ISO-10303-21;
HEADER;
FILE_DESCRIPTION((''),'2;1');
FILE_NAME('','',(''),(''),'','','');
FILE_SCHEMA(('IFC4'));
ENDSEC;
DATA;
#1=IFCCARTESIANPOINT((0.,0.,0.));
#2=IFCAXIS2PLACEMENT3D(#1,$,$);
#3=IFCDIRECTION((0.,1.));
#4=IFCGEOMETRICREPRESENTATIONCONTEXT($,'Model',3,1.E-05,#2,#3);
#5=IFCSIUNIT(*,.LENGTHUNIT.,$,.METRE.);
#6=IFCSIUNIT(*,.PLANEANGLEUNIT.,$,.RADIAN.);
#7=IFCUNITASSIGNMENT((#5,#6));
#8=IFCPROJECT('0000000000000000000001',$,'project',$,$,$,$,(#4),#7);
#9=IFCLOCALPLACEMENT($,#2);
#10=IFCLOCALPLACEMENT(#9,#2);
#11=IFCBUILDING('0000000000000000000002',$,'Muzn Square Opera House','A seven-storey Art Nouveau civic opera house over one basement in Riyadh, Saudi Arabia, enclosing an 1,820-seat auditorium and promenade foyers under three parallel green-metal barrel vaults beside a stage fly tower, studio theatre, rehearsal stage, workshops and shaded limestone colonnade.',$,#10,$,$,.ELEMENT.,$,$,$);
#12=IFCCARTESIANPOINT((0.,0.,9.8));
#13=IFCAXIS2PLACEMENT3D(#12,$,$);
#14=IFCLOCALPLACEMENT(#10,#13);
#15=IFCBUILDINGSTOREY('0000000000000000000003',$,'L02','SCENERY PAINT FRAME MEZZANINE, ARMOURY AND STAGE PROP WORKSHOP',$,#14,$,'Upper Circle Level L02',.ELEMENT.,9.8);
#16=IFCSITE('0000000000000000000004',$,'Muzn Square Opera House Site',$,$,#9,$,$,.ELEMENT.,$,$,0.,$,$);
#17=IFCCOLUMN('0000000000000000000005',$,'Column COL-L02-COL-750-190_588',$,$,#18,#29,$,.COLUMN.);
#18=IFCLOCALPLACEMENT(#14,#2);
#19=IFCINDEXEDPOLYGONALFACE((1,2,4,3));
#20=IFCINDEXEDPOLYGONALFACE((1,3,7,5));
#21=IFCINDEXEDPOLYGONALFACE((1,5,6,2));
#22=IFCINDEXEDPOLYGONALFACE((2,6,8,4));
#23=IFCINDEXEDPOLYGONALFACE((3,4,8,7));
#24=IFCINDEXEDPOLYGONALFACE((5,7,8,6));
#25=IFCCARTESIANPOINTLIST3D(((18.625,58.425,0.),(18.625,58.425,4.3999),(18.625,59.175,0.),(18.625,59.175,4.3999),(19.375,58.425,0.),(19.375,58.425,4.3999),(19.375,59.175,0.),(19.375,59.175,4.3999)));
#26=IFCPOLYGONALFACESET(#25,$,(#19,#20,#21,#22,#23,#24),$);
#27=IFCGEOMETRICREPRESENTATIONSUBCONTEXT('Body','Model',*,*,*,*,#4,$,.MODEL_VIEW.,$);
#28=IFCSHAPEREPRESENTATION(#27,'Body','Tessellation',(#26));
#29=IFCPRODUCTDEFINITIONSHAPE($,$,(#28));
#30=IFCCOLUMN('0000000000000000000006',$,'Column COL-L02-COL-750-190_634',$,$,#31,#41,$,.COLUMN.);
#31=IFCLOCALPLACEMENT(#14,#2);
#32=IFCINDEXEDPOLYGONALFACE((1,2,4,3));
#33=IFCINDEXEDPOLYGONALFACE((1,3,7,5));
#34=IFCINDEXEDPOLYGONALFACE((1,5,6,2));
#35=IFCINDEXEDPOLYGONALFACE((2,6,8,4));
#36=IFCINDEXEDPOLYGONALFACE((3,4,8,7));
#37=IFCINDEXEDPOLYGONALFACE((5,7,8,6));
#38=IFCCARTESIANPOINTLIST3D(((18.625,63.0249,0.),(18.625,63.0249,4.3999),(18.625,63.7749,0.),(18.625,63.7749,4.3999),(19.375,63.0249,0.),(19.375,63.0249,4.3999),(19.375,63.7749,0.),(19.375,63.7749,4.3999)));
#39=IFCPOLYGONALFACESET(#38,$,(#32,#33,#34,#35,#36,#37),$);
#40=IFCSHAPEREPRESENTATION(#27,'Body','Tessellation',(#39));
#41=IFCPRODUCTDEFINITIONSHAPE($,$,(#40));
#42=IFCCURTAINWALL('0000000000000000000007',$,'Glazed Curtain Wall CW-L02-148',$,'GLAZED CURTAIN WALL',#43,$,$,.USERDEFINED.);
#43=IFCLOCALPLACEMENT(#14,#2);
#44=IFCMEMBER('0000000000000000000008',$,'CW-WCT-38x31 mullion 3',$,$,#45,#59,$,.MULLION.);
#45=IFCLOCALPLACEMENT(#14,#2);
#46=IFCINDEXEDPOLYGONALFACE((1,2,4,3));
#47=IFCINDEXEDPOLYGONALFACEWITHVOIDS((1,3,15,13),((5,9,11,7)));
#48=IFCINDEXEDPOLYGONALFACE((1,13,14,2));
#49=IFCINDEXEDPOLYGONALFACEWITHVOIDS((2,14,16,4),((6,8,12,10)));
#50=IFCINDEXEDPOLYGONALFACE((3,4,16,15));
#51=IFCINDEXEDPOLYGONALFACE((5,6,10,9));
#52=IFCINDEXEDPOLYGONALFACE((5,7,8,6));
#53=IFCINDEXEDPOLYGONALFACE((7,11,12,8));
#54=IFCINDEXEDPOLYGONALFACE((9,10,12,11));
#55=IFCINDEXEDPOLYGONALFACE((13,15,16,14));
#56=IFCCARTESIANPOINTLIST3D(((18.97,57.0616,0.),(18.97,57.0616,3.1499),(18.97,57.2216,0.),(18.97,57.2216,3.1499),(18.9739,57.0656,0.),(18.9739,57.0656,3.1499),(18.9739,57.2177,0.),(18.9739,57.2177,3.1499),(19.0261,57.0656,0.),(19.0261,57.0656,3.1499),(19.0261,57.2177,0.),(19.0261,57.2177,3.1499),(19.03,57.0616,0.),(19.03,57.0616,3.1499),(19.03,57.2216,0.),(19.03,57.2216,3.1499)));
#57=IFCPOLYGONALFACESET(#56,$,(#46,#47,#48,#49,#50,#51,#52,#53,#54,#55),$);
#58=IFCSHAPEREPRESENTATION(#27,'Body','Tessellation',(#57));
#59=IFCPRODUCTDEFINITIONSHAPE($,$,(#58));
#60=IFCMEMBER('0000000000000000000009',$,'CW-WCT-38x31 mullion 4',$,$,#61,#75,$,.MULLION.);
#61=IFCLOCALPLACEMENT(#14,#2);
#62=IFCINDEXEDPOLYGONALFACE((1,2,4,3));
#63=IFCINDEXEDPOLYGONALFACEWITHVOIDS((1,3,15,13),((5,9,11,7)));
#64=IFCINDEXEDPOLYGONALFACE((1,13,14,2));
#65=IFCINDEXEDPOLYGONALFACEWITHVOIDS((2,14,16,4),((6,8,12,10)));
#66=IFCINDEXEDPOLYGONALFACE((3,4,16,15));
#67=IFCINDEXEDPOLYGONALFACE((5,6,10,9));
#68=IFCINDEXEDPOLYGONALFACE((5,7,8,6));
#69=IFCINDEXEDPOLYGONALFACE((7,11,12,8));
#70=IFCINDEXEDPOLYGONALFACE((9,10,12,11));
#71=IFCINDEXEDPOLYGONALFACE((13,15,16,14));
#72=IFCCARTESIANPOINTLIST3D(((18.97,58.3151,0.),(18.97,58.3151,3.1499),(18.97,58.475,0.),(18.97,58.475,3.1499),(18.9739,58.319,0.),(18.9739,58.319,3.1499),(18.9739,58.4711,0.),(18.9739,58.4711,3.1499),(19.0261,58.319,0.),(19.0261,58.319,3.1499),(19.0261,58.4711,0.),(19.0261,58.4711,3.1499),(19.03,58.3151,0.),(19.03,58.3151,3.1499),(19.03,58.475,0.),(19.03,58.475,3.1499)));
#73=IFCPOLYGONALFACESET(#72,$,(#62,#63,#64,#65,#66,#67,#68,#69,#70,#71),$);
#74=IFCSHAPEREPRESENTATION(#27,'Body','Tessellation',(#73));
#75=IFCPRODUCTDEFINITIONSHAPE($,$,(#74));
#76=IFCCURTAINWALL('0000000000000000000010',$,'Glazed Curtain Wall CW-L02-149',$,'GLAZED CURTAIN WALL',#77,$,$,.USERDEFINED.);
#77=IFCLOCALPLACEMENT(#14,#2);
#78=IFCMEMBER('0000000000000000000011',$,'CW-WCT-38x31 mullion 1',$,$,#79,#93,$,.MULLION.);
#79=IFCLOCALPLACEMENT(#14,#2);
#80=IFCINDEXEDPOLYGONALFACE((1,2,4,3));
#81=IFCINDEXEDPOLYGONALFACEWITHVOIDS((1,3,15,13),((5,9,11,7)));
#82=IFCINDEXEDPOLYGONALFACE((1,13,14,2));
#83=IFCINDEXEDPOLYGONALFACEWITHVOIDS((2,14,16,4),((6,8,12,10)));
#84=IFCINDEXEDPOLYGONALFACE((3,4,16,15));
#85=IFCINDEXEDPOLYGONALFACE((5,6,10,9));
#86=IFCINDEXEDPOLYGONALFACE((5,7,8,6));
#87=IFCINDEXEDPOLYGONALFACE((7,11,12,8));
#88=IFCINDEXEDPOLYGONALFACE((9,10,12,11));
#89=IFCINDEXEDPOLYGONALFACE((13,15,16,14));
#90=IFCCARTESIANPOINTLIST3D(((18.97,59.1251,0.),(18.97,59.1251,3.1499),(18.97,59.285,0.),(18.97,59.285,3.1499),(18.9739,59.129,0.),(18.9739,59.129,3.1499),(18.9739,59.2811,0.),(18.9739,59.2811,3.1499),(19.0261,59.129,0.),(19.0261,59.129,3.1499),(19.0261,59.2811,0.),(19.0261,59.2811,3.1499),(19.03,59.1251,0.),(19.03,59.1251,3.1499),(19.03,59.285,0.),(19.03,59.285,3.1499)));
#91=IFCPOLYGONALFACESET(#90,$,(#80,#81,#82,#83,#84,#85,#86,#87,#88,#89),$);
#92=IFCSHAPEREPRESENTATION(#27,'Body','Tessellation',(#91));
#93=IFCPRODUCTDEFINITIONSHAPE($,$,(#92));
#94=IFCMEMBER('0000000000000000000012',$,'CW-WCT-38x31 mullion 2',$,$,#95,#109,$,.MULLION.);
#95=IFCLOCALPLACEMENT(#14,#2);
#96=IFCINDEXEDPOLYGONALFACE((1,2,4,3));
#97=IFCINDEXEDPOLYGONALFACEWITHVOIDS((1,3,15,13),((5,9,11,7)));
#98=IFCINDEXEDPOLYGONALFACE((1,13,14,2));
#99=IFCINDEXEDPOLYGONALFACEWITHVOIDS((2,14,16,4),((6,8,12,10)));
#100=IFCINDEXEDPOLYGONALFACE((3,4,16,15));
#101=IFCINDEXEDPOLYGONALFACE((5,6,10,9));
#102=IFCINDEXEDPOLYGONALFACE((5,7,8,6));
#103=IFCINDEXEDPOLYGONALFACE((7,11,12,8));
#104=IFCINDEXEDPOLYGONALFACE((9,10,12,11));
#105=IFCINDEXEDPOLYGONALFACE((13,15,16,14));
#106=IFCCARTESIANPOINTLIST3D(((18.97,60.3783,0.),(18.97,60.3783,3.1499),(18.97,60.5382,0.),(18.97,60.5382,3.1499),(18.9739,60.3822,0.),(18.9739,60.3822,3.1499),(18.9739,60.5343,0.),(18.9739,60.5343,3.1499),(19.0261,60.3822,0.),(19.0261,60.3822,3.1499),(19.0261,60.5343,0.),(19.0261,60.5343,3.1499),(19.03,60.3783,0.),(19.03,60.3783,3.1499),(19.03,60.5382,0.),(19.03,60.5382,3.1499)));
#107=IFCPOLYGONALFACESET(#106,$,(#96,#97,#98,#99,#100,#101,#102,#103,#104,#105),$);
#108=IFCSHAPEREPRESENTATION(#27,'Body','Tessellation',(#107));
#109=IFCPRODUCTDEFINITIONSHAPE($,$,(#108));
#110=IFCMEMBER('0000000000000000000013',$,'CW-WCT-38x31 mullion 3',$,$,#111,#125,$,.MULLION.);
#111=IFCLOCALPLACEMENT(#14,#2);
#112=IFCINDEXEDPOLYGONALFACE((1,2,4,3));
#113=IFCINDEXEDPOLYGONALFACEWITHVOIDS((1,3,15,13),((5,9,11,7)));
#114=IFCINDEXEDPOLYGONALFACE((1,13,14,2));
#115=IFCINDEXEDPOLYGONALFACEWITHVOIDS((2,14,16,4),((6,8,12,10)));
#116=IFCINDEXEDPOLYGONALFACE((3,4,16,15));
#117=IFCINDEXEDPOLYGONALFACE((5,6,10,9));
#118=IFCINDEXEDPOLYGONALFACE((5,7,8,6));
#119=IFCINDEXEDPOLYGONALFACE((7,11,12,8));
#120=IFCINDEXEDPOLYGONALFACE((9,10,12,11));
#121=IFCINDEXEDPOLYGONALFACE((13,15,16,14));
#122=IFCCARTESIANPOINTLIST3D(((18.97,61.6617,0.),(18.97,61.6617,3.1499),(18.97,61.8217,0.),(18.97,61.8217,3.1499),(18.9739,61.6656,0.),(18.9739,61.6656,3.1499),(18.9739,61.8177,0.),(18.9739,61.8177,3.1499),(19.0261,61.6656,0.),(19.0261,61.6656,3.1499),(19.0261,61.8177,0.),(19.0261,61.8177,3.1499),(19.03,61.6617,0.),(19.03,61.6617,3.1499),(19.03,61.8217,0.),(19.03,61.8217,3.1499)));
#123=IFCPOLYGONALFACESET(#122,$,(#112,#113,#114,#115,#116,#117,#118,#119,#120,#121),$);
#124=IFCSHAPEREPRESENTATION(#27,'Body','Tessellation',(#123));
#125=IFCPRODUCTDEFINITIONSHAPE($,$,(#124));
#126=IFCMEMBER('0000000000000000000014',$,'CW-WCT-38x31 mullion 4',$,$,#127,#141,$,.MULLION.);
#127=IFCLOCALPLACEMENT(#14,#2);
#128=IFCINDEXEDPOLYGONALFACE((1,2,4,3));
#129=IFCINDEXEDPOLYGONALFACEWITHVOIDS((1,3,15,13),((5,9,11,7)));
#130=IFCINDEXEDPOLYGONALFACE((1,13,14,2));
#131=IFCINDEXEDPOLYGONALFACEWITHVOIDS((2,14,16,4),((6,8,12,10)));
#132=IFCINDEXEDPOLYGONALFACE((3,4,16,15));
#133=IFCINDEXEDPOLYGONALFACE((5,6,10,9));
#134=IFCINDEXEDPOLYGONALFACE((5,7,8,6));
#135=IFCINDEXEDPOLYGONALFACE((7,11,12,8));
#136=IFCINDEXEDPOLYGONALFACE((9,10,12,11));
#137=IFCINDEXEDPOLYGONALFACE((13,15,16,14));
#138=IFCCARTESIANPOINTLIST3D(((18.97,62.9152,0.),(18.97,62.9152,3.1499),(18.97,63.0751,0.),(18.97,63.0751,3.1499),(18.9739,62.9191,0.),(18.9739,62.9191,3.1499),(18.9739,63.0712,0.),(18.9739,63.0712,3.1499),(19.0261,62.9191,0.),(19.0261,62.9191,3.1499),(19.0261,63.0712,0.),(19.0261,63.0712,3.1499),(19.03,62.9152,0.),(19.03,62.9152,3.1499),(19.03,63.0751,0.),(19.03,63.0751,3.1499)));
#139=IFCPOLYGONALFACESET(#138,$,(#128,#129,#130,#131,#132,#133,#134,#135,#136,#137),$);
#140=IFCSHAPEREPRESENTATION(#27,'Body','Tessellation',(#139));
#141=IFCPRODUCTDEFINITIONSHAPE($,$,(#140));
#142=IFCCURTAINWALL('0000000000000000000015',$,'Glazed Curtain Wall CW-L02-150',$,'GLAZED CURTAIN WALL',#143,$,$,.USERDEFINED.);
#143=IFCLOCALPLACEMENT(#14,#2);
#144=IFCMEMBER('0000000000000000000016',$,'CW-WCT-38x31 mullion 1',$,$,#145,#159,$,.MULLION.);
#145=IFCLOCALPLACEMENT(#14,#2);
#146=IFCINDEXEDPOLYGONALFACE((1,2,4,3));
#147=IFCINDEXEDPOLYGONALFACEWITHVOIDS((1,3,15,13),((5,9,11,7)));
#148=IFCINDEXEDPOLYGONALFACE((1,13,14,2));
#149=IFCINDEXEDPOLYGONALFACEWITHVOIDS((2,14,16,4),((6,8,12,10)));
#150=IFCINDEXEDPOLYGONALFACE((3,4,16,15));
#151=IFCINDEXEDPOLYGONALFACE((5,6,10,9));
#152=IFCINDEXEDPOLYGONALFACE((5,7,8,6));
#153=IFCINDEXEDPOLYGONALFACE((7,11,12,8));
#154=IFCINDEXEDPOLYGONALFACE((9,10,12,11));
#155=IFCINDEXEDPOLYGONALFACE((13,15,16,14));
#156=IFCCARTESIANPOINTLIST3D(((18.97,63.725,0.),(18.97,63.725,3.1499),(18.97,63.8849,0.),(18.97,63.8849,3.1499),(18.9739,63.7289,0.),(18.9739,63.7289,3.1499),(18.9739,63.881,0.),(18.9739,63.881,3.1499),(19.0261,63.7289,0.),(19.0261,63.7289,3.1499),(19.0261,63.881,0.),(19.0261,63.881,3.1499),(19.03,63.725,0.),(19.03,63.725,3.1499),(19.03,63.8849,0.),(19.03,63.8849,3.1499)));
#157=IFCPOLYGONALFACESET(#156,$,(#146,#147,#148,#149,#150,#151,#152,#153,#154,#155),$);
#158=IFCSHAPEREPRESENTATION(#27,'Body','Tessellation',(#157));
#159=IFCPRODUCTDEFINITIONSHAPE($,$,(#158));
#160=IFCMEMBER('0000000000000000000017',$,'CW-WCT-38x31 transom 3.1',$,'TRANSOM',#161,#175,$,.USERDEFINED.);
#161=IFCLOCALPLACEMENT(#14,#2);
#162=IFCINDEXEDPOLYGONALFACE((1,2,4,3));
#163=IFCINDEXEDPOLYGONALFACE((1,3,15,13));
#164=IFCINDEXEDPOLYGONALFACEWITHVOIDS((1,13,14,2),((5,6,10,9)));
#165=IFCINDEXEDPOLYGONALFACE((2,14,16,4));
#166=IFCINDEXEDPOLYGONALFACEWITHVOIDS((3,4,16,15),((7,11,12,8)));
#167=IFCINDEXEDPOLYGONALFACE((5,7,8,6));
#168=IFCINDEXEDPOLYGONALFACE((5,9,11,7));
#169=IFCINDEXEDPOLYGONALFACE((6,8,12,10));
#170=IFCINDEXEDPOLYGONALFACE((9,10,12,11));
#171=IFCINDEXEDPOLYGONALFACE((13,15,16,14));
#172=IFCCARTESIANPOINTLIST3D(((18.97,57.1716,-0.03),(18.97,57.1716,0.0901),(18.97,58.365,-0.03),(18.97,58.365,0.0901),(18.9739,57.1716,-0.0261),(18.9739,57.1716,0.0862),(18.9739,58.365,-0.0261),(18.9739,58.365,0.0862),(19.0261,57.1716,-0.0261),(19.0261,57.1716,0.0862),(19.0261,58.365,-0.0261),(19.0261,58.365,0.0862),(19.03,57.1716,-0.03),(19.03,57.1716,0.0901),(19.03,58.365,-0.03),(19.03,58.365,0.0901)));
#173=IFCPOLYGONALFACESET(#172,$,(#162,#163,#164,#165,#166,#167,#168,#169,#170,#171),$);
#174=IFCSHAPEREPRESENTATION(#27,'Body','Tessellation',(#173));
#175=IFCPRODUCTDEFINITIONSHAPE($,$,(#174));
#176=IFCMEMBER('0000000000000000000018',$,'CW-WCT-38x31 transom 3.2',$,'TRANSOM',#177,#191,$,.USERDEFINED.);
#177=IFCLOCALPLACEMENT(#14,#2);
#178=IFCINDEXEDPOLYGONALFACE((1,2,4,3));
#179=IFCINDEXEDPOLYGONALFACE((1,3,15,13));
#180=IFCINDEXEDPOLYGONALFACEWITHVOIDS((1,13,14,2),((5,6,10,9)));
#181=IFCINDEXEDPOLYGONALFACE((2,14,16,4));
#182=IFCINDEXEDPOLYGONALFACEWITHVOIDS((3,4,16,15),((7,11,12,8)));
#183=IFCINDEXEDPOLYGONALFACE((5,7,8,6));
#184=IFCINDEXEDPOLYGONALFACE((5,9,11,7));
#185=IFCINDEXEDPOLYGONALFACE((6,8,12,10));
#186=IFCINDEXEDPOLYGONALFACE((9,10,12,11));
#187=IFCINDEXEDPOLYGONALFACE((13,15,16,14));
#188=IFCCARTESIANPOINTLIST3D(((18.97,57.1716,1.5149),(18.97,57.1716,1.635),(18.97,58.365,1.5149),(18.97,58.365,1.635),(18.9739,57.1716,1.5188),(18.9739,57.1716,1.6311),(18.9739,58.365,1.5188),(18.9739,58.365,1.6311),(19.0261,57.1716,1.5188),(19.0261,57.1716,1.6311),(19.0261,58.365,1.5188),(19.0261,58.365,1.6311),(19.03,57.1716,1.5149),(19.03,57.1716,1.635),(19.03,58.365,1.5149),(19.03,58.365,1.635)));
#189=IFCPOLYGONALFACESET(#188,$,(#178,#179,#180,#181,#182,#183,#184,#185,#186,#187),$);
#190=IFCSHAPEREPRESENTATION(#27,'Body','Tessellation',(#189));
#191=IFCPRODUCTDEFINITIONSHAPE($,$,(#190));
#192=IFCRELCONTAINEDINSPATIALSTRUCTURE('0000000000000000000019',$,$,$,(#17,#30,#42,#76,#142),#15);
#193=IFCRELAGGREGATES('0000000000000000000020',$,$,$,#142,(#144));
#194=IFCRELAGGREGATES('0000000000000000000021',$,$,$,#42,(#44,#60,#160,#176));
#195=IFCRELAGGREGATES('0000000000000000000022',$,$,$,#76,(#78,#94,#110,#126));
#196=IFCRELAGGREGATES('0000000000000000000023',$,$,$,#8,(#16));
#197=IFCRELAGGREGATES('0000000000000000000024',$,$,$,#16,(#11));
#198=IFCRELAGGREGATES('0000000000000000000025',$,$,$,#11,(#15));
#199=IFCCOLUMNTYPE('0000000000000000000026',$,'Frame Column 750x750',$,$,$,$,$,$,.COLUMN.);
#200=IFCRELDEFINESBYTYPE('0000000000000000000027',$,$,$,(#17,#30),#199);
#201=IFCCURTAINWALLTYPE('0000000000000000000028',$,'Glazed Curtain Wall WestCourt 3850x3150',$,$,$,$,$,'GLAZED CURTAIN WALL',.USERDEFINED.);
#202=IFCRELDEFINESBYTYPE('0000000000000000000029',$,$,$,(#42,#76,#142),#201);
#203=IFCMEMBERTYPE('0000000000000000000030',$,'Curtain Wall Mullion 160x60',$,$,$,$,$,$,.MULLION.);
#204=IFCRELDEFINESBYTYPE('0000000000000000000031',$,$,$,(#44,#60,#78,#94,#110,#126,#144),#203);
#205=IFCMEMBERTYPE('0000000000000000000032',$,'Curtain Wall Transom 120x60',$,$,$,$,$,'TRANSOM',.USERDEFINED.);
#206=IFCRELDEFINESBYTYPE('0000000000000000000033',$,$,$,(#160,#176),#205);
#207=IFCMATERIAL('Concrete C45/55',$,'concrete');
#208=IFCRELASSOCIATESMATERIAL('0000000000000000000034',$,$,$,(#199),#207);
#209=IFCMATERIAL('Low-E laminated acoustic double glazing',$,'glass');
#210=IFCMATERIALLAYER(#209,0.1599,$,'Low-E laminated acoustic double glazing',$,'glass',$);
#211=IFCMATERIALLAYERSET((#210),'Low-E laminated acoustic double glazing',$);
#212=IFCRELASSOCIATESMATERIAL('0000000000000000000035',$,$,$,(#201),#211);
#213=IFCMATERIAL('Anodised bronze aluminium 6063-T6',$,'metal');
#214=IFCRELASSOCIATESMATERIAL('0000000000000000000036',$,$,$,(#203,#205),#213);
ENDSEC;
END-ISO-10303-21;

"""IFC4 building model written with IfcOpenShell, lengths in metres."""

from ifc_helpers import new_model, si_unit, direction, frame, origin, origin_2d, place, context, subcontext, project, spatial, rectangle, hollow_rectangle, extrude, material, layer, layer_set, material_profile, profile_set, type_object, element, aggregate, save


model = new_model("IFC4")

# Units and contexts
model_context = context("Model", 3, precision=1e-05, world=origin(), true_north=direction((0.0, 1.0)))
body_context = subcontext(model_context, "Body", "Model", "MODEL_VIEW")
ifc_project = project(units=[si_unit("LENGTHUNIT", "METRE"), si_unit("PLANEANGLEUNIT", "RADIAN")], contexts=[model_context])

# Site, building, storey
site_placement = place(None, origin())
site = spatial("IfcSite", under=ifc_project, at=site_placement, Name="Muzn Square Opera House Site", CompositionType="ELEMENT", RefElevation=0.0)
building_placement = place(site_placement, origin())
building = spatial("IfcBuilding", under=site, at=building_placement, Name="Muzn Square Opera House", Description="A seven-storey Art Nouveau civic opera house over one basement in Riyadh, Saudi Arabia, enclosing an 1,820-seat auditorium and promenade foyers under three parallel green-metal barrel vaults beside a stage fly tower, studio theatre, rehearsal stage, workshops and shaded limestone colonnade.", CompositionType="ELEMENT")
storey_placement = place(building_placement, frame((0.0, 0.0, 9.8)))
storey = spatial("IfcBuildingStorey", under=building, at=storey_placement, Name="L02", Description="SCENERY PAINT FRAME MEZZANINE, ARMOURY AND STAGE PROP WORKSHOP", LongName="Upper Circle Level L02", CompositionType="ELEMENT", Elevation=9.8)

# Columns
ifc_material_1 = material(Name="Concrete C45/55", Category="concrete")
ifc_material_profile_1 = material_profile(ifc_material_1, rectangle(XDim=0.75, YDim=0.75, at=origin_2d()), Name="RC 750x750", Category="concrete")
ifc_profile_set_1 = profile_set([ifc_material_profile_1], Name="Concrete C45/55")
column_type = type_object("IfcColumnType", Name="Frame Column 750x750", PredefinedType="COLUMN", material=ifc_profile_set_1)
for number, where, z_axis, x_axis, name in (
    (1, (19.0, 58.8, 0.0), (0.0, 0.0, 1.0), (1.0, 0.0, 0.0), "Column COL-L02-COL-750-190_588"),
    (2, (19.0, 63.3999, 0.0), (0.0, 0.0, 1.0), (1.0, 0.0, 0.0), "Column COL-L02-COL-750-190_634"),
):
    element("IfcColumn", number, at=place(storey_placement, frame(where, z_axis=z_axis, x_axis=x_axis)), inside=storey, type_object=column_type, Name=name, PredefinedType="COLUMN", context=body_context, shape_type="SweptSolid", body=[
        extrude(rectangle(XDim=0.75, YDim=0.75, at=origin_2d()), origin(), (0.0, 0.0, 1.0), 4.3999),
    ])

# Curtain walls, members
ifc_material_2 = material(Name="Low-E laminated acoustic double glazing", Category="glass")
ifc_layer_1 = layer(ifc_material_2, 0.1599, Name="Low-E laminated acoustic double glazing", Category="glass")
ifc_layer_set_1 = layer_set([ifc_layer_1], Name="Low-E laminated acoustic double glazing")
curtain_wall_type = type_object("IfcCurtainWallType", Name="Glazed Curtain Wall WestCourt 3850x3150", ElementType="GLAZED CURTAIN WALL", PredefinedType="USERDEFINED", material=ifc_layer_set_1)
curtain_wall_1_placement = place(storey_placement, origin())
curtain_wall_1 = element("IfcCurtainWall", 3, at=curtain_wall_1_placement, inside=storey, type_object=curtain_wall_type, Name="Glazed Curtain Wall CW-L02-148", ObjectType="GLAZED CURTAIN WALL", PredefinedType="USERDEFINED")
ifc_material_3 = material(Name="Anodised bronze aluminium 6063-T6", Category="metal")
ifc_material_profile_2 = material_profile(ifc_material_3, hollow_rectangle(XDim=0.0601, YDim=0.1599, WallThickness=0.0039, at=origin_2d()), Name="ALU 160x60x4", Category="metal")
ifc_profile_set_2 = profile_set([ifc_material_profile_2], Name="Anodised bronze aluminium 6063-T6")
member_type_1 = type_object("IfcMemberType", Name="Curtain Wall Mullion 160x60", PredefinedType="MULLION", material=ifc_profile_set_2)
member_1_placement = place(storey_placement, frame((19.0, 57.1416, 0.0), z_axis=(0.0, 0.0, 1.0), x_axis=(-1.0, 0.0, 0.0)))
member_1 = element("IfcMember", 4, at=member_1_placement, type_object=member_type_1, Name="CW-WCT-38x31 mullion 3", PredefinedType="MULLION", context=body_context, shape_type="SweptSolid", body=[
    extrude(hollow_rectangle(XDim=0.0601, YDim=0.1599, WallThickness=0.0039, at=origin_2d()), origin(), (0.0, 0.0, 1.0), 3.1499),
])
member_2_placement = place(storey_placement, frame((19.0, 58.395, 0.0), z_axis=(0.0, 0.0, 1.0), x_axis=(-1.0, 0.0, 0.0)))
member_2 = element("IfcMember", 5, at=member_2_placement, type_object=member_type_1, Name="CW-WCT-38x31 mullion 4", PredefinedType="MULLION", context=body_context, shape_type="SweptSolid", body=[
    extrude(hollow_rectangle(XDim=0.0601, YDim=0.1599, WallThickness=0.0039, at=origin_2d()), origin(), (0.0, 0.0, 1.0), 3.1499),
])
curtain_wall_2_placement = place(storey_placement, origin())
curtain_wall_2 = element("IfcCurtainWall", 6, at=curtain_wall_2_placement, inside=storey, type_object=curtain_wall_type, Name="Glazed Curtain Wall CW-L02-149", ObjectType="GLAZED CURTAIN WALL", PredefinedType="USERDEFINED")
member_3_placement = place(storey_placement, frame((19.0, 59.2051, 0.0), z_axis=(0.0, 0.0, 1.0), x_axis=(-1.0, 0.0, 0.0)))
member_3 = element("IfcMember", 7, at=member_3_placement, type_object=member_type_1, Name="CW-WCT-38x31 mullion 1", PredefinedType="MULLION", context=body_context, shape_type="SweptSolid", body=[
    extrude(hollow_rectangle(XDim=0.0601, YDim=0.1599, WallThickness=0.0039, at=origin_2d()), origin(), (0.0, 0.0, 1.0), 3.1499),
])
member_4_placement = place(storey_placement, frame((19.0, 60.4583, 0.0), z_axis=(0.0, 0.0, 1.0), x_axis=(-1.0, 0.0, 0.0)))
member_4 = element("IfcMember", 8, at=member_4_placement, type_object=member_type_1, Name="CW-WCT-38x31 mullion 2", PredefinedType="MULLION", context=body_context, shape_type="SweptSolid", body=[
    extrude(hollow_rectangle(XDim=0.0601, YDim=0.1599, WallThickness=0.0039, at=origin_2d()), origin(), (0.0, 0.0, 1.0), 3.1499),
])
member_5_placement = place(storey_placement, frame((19.0, 61.7417, 0.0), z_axis=(0.0, 0.0, 1.0), x_axis=(-1.0, 0.0, 0.0)))
member_5 = element("IfcMember", 9, at=member_5_placement, type_object=member_type_1, Name="CW-WCT-38x31 mullion 3", PredefinedType="MULLION", context=body_context, shape_type="SweptSolid", body=[
    extrude(hollow_rectangle(XDim=0.0601, YDim=0.1599, WallThickness=0.0039, at=origin_2d()), origin(), (0.0, 0.0, 1.0), 3.1499),
])
member_6_placement = place(storey_placement, frame((19.0, 62.9951, 0.0), z_axis=(0.0, 0.0, 1.0), x_axis=(-1.0, 0.0, 0.0)))
member_6 = element("IfcMember", 10, at=member_6_placement, type_object=member_type_1, Name="CW-WCT-38x31 mullion 4", PredefinedType="MULLION", context=body_context, shape_type="SweptSolid", body=[
    extrude(hollow_rectangle(XDim=0.0601, YDim=0.1599, WallThickness=0.0039, at=origin_2d()), origin(), (0.0, 0.0, 1.0), 3.1499),
])

# Curtain wall, member
curtain_wall_3_placement = place(storey_placement, origin())
curtain_wall_3 = element("IfcCurtainWall", 11, at=curtain_wall_3_placement, inside=storey, type_object=curtain_wall_type, Name="Glazed Curtain Wall CW-L02-150", ObjectType="GLAZED CURTAIN WALL", PredefinedType="USERDEFINED")
member_7_placement = place(storey_placement, frame((19.0, 63.8049, 0.0), z_axis=(0.0, 0.0, 1.0), x_axis=(-1.0, 0.0, 0.0)))
member_7 = element("IfcMember", 12, at=member_7_placement, type_object=member_type_1, Name="CW-WCT-38x31 mullion 1", PredefinedType="MULLION", context=body_context, shape_type="SweptSolid", body=[
    extrude(hollow_rectangle(XDim=0.0601, YDim=0.1599, WallThickness=0.0039, at=origin_2d()), origin(), (0.0, 0.0, 1.0), 3.1499),
])

# Members
ifc_material_profile_3 = material_profile(ifc_material_3, hollow_rectangle(XDim=0.0601, YDim=0.1201, WallThickness=0.0039, at=origin_2d()), Name="ALU 120x60x4", Category="metal")
ifc_profile_set_3 = profile_set([ifc_material_profile_3], Name="Anodised bronze aluminium 6063-T6")
member_type_2 = type_object("IfcMemberType", Name="Curtain Wall Transom 120x60", ElementType="TRANSOM", PredefinedType="USERDEFINED", material=ifc_profile_set_3)
member_8_placement = place(storey_placement, frame((19.0, 57.1716, 0.03), z_axis=(0.0, 1.0, 0.0), x_axis=(-1.0, 0.0, 0.0)))
member_8 = element("IfcMember", 13, at=member_8_placement, type_object=member_type_2, Name="CW-WCT-38x31 transom 3.1", ObjectType="TRANSOM", PredefinedType="USERDEFINED", context=body_context, shape_type="SweptSolid", body=[
    extrude(hollow_rectangle(XDim=0.0601, YDim=0.1201, WallThickness=0.0039, at=origin_2d()), origin(), (0.0, 0.0, 1.0), 1.1934),
])
member_9_placement = place(storey_placement, frame((19.0, 57.1716, 1.575), z_axis=(0.0, 1.0, 0.0), x_axis=(-1.0, 0.0, 0.0)))
member_9 = element("IfcMember", 14, at=member_9_placement, type_object=member_type_2, Name="CW-WCT-38x31 transom 3.2", ObjectType="TRANSOM", PredefinedType="USERDEFINED", context=body_context, shape_type="SweptSolid", body=[
    extrude(hollow_rectangle(XDim=0.0601, YDim=0.1201, WallThickness=0.0039, at=origin_2d()), origin(), (0.0, 0.0, 1.0), 1.1934),
])
aggregate(curtain_wall_3, [member_7])

aggregate(curtain_wall_1, [member_1, member_2, member_8, member_9])
aggregate(curtain_wall_2, [member_3, member_4, member_5, member_6])

save(model, "model.ifc")
